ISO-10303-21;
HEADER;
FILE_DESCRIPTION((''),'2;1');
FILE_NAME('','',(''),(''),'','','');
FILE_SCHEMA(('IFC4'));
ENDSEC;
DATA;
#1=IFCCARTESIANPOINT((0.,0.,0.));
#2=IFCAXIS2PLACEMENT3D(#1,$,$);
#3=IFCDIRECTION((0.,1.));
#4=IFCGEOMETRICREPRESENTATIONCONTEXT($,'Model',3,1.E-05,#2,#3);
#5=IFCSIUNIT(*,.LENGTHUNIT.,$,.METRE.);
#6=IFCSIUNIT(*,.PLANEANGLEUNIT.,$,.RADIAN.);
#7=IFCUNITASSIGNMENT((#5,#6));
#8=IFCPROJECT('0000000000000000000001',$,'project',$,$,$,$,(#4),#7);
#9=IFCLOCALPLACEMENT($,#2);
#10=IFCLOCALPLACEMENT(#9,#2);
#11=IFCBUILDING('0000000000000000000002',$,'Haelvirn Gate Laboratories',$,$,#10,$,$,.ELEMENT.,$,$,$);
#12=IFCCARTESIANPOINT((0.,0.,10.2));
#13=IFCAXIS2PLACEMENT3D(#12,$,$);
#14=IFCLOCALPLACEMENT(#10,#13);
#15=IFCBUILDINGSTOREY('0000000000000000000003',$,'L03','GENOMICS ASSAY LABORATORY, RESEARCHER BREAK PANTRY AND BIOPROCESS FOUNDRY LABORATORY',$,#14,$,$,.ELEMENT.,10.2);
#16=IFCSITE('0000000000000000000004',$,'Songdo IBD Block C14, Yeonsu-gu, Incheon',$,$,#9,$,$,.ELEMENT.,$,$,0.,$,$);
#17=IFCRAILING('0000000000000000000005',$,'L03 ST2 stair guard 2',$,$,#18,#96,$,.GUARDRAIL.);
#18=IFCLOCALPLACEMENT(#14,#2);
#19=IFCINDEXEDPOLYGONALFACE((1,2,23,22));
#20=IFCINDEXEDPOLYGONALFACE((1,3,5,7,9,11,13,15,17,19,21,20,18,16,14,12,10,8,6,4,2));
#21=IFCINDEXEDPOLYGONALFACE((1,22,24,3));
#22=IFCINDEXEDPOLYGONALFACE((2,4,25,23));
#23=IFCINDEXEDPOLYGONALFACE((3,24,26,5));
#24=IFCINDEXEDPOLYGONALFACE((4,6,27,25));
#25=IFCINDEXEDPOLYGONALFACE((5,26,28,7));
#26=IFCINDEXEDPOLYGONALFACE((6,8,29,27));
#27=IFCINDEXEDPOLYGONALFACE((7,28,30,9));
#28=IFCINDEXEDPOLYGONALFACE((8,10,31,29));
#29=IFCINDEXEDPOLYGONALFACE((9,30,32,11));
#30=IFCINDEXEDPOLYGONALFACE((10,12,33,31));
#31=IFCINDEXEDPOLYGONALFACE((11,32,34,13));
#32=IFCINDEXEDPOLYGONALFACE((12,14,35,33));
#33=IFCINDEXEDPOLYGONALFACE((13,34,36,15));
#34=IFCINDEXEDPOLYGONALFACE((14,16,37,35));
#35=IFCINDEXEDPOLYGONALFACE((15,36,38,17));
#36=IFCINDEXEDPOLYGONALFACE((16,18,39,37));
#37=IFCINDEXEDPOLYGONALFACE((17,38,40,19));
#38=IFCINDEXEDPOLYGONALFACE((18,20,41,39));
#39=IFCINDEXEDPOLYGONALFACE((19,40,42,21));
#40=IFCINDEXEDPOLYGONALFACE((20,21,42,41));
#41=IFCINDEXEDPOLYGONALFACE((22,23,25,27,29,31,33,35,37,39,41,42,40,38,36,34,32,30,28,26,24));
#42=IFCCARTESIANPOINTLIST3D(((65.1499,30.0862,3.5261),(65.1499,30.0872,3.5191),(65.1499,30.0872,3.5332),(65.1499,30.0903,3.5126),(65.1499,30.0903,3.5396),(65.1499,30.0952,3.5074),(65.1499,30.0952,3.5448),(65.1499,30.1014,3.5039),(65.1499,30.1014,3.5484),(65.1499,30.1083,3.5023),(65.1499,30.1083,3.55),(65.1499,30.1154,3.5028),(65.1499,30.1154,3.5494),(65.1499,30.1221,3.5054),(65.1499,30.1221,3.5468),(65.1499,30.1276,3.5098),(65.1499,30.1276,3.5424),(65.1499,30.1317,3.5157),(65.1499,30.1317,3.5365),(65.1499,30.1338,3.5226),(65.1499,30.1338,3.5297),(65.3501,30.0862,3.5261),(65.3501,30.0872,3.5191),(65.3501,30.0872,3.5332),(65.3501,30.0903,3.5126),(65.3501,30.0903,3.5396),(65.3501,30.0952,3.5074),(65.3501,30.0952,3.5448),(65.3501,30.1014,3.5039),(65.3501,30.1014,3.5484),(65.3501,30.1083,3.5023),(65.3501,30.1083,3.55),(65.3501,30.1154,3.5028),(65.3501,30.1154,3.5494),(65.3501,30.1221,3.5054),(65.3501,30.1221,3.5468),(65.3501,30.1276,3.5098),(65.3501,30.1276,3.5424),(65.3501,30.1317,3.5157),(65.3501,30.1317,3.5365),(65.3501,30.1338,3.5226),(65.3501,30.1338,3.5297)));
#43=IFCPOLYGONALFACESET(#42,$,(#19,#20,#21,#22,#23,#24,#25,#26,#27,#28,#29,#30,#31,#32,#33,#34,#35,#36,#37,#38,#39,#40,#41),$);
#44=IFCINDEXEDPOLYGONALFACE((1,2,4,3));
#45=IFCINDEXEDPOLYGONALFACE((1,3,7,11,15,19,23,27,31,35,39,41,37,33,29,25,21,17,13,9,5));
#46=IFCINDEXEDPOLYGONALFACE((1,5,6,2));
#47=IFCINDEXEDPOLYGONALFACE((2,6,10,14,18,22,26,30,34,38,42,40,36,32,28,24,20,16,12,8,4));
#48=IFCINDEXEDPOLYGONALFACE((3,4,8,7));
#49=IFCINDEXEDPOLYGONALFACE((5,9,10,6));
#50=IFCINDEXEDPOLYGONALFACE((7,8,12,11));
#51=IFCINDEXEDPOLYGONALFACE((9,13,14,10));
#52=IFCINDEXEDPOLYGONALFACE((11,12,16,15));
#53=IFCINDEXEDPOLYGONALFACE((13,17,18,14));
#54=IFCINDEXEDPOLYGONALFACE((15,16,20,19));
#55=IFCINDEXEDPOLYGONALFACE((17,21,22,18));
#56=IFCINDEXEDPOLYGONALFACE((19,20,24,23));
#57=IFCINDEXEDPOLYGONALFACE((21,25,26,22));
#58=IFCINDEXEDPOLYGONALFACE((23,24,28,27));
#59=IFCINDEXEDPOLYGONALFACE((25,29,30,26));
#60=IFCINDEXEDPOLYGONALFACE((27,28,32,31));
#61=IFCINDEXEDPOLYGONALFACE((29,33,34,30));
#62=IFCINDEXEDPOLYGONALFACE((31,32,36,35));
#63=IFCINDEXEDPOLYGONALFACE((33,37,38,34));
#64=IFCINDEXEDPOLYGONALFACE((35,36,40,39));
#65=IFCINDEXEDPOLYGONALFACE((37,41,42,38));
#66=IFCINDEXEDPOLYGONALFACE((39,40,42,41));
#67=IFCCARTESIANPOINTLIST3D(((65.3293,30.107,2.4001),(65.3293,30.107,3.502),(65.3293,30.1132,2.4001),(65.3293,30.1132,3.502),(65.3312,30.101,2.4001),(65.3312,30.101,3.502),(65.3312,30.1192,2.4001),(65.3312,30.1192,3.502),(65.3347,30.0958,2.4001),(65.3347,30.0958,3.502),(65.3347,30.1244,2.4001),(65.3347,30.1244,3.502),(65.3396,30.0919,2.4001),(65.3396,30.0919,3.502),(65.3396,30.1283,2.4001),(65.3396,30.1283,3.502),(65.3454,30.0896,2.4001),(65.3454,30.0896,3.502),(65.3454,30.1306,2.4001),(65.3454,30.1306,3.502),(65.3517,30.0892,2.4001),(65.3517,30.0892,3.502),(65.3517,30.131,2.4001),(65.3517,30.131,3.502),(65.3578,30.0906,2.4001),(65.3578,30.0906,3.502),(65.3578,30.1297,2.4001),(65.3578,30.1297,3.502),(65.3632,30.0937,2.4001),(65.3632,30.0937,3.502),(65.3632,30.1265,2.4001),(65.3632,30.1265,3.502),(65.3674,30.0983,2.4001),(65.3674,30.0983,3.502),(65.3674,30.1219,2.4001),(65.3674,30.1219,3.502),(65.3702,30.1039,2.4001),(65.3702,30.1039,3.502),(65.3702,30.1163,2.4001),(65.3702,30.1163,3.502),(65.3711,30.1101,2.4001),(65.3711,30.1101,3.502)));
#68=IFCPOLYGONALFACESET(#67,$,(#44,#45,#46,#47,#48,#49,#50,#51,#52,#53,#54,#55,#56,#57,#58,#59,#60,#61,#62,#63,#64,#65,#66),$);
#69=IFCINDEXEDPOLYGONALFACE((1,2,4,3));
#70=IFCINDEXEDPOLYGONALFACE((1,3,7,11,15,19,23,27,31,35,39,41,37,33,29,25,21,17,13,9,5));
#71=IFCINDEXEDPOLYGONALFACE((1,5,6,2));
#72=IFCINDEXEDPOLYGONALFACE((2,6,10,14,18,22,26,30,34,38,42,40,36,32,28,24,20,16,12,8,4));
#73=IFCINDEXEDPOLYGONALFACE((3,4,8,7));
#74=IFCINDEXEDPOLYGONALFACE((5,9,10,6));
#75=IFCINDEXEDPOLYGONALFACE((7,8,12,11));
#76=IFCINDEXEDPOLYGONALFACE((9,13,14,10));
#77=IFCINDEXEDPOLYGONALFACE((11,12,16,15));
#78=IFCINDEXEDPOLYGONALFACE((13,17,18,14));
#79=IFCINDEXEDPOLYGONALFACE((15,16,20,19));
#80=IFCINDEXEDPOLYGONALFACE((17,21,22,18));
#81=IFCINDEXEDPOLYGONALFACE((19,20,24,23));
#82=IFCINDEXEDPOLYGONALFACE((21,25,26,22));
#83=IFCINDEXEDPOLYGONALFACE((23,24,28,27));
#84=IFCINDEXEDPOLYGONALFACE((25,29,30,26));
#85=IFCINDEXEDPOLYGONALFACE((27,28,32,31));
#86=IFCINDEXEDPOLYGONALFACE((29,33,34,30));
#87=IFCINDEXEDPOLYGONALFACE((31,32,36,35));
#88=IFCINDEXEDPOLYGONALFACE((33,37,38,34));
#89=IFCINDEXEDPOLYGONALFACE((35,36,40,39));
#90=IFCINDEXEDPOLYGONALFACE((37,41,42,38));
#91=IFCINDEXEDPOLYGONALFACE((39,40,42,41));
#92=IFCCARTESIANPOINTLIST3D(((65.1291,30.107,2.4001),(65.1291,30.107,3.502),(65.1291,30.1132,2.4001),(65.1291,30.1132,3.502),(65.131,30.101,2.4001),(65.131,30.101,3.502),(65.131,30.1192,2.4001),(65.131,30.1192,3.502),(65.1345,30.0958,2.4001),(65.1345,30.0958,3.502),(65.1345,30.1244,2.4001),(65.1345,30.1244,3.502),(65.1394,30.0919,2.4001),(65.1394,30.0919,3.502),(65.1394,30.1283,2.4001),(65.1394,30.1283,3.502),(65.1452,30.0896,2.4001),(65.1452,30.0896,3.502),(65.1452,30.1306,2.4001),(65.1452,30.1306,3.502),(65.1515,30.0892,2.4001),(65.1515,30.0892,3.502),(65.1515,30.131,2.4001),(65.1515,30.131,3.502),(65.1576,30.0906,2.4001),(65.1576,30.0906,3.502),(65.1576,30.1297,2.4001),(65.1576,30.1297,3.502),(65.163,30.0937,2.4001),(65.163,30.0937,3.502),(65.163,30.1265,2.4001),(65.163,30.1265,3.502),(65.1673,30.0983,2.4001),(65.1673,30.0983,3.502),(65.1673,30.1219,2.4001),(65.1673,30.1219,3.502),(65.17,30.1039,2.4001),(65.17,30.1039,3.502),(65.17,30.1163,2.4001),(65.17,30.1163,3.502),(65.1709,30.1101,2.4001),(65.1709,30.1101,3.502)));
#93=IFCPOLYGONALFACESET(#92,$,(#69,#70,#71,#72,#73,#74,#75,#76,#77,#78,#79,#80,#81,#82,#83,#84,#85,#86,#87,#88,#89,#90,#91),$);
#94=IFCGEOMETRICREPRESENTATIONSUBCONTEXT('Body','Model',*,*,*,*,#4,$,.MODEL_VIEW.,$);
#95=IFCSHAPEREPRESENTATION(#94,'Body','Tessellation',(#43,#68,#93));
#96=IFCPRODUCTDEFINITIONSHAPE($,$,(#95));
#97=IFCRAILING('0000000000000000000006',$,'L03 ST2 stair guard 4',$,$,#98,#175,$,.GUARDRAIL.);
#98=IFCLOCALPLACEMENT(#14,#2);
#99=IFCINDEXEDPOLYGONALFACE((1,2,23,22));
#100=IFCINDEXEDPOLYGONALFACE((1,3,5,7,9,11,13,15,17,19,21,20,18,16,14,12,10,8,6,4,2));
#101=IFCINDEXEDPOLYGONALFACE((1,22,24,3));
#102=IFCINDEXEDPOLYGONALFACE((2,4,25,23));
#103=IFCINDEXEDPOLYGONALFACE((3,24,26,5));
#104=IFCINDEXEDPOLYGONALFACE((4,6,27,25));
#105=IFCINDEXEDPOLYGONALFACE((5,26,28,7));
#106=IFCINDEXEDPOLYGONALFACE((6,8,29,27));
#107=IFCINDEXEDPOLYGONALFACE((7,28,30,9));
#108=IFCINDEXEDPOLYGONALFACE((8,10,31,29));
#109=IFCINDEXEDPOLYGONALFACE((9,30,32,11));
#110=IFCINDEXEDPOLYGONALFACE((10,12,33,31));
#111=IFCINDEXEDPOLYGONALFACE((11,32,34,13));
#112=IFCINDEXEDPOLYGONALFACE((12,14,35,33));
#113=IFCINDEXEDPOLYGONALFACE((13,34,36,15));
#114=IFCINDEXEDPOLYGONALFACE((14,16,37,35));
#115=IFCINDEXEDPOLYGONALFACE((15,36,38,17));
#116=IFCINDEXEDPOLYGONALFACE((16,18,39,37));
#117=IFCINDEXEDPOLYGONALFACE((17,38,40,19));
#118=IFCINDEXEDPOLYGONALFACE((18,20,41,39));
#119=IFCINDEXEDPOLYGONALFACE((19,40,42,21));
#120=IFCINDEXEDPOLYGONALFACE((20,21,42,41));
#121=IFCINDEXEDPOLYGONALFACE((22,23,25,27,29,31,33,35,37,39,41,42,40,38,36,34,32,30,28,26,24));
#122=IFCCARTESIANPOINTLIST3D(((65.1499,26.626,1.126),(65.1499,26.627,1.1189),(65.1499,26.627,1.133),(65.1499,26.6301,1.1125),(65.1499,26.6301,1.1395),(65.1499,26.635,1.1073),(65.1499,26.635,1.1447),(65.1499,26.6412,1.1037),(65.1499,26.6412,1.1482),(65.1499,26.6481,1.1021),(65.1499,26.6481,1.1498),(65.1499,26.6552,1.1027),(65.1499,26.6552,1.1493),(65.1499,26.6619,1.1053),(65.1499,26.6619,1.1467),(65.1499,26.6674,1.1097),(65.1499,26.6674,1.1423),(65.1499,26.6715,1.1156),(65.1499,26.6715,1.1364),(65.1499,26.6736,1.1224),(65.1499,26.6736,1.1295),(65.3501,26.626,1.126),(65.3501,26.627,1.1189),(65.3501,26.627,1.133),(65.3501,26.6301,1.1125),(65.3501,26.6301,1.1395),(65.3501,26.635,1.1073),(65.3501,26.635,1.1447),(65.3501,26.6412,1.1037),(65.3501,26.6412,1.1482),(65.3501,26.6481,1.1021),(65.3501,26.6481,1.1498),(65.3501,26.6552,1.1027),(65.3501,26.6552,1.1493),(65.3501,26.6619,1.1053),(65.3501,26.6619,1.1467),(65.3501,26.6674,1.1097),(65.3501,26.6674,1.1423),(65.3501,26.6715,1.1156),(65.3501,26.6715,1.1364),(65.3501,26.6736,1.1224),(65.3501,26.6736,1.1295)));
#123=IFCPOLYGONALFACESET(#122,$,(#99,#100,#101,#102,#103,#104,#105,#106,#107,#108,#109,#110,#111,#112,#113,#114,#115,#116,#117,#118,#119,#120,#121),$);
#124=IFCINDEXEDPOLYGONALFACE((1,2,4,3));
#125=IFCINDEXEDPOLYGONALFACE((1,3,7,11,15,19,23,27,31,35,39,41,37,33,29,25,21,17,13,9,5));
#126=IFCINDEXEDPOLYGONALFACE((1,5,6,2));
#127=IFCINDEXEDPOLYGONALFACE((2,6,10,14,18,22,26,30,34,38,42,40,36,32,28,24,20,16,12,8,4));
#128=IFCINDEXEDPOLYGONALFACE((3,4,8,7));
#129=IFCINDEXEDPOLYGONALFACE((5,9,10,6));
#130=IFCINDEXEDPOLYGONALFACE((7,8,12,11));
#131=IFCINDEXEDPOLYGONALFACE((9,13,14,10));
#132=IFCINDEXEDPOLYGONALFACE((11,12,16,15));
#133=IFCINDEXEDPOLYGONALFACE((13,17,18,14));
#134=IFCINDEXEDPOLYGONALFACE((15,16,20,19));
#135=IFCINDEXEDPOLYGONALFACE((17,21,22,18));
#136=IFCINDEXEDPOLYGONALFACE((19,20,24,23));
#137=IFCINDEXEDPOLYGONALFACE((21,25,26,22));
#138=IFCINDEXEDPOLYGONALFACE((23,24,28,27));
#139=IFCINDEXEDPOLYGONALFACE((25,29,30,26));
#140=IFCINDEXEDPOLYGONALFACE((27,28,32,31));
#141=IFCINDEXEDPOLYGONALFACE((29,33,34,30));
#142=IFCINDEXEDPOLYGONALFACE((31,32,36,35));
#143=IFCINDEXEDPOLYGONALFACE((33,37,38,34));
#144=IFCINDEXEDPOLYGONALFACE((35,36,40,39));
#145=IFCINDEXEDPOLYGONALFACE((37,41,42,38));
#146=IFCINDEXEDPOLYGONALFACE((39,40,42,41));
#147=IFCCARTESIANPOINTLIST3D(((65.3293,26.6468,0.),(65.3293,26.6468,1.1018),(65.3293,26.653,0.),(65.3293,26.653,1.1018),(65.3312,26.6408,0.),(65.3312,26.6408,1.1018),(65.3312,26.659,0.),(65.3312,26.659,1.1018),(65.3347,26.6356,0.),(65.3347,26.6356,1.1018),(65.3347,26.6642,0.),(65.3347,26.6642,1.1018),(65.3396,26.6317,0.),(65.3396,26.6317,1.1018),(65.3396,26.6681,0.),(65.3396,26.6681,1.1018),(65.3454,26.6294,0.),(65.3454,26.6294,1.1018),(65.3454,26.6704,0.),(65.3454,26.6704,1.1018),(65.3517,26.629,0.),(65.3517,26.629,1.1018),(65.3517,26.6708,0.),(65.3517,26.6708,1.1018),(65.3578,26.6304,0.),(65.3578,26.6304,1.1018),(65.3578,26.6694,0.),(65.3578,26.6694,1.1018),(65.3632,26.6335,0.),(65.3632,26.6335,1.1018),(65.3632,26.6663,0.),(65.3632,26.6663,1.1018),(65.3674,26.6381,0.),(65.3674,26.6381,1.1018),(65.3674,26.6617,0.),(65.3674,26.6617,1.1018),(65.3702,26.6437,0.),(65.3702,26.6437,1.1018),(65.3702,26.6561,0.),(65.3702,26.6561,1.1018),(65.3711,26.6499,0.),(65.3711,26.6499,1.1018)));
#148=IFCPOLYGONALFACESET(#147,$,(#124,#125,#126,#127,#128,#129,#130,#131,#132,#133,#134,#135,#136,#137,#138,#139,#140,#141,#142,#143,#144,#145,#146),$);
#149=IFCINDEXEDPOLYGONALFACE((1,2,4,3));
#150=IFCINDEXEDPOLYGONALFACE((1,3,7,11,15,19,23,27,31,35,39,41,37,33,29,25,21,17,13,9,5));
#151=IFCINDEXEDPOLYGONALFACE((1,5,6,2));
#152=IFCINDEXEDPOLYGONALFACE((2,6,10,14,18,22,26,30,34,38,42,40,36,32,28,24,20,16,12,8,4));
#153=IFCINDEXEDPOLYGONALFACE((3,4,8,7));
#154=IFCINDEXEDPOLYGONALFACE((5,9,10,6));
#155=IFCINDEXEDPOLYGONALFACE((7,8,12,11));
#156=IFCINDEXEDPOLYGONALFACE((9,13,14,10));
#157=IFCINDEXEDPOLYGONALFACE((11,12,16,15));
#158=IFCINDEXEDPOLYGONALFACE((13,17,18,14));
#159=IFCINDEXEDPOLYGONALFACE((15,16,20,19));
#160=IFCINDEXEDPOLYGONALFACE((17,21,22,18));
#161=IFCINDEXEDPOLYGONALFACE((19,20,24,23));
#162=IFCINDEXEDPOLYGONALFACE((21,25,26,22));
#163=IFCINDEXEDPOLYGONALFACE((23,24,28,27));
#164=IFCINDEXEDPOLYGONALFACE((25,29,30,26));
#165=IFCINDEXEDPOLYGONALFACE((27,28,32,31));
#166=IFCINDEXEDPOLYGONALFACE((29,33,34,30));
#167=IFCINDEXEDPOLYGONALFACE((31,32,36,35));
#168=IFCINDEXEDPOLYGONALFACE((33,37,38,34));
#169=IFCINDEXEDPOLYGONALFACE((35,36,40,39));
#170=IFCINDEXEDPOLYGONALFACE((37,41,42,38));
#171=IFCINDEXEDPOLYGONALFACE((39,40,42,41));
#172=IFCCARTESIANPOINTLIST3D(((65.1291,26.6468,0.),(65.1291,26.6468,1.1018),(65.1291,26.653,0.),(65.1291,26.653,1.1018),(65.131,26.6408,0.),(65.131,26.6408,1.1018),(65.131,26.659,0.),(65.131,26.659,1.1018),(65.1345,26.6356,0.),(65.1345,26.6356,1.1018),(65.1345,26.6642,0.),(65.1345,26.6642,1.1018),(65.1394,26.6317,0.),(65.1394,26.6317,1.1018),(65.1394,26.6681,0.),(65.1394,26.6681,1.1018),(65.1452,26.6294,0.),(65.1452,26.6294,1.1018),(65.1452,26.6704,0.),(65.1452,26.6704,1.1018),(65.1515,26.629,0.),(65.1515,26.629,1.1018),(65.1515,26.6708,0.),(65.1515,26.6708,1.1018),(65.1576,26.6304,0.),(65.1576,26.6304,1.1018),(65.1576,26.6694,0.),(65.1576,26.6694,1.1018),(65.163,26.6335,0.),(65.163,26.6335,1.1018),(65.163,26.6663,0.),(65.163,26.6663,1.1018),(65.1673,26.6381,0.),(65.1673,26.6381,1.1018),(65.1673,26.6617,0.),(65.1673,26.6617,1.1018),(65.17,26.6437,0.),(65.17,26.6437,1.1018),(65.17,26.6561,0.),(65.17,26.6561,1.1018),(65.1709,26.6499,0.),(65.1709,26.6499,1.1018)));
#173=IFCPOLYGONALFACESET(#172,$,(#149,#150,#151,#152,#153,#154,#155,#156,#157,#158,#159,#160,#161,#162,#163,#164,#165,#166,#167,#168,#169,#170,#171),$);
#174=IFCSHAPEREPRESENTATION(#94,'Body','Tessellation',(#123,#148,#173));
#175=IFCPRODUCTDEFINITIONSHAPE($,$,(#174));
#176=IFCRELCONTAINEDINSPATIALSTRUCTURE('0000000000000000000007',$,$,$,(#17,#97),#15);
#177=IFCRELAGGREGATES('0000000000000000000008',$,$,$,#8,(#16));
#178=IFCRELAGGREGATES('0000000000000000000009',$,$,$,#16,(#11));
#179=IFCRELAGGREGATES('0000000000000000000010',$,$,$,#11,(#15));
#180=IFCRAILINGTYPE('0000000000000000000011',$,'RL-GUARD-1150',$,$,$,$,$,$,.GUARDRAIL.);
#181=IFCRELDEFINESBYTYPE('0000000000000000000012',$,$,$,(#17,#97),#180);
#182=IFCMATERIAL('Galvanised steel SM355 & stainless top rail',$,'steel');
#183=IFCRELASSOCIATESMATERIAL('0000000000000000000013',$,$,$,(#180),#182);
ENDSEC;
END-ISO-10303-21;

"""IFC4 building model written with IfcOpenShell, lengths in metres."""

from ifc_helpers import new_model, si_unit, direction, frame, origin, origin_2d, place, context, subcontext, project, spatial, circle, extrude, source, transform, mapped, material, type_object, element, save


model = new_model("IFC4")

# Units and contexts
model_context = context("Model", 3, precision=1e-05, world=origin(), true_north=direction((0.0, 1.0)))
body_context = subcontext(model_context, "Body", "Model", "MODEL_VIEW")
ifc_project = project(units=[si_unit("LENGTHUNIT", "METRE"), si_unit("PLANEANGLEUNIT", "RADIAN")], contexts=[model_context])

# Site, building, storey
site_placement = place(None, origin())
site = spatial("IfcSite", under=ifc_project, at=site_placement, Name="Songdo IBD Block C14, Yeonsu-gu, Incheon", CompositionType="ELEMENT", RefElevation=0.0)
building_placement = place(site_placement, origin())
building = spatial("IfcBuilding", under=site, at=building_placement, Name="Haelvirn Gate Laboratories", CompositionType="ELEMENT")
storey_placement = place(building_placement, frame((0.0, 0.0, 10.2)))
storey = spatial("IfcBuildingStorey", under=building, at=storey_placement, Name="L03", Description="GENOMICS ASSAY LABORATORY, RESEARCHER BREAK PANTRY AND BIOPROCESS FOUNDRY LABORATORY", CompositionType="ELEMENT", Elevation=10.2)

# Railings
ifc_material_1 = material(Name="Galvanised steel SM355 & stainless top rail", Category="steel")
railing_type_1 = type_object("IfcRailingType", Name="RL-GUARD-1150", PredefinedType="GUARDRAIL", material=ifc_material_1)
shared_shape_1 = source(origin(), body_context, "Body", "SweptSolid", [
    extrude(circle(Radius=0.0239, at=origin_2d()), frame((0.0, 0.0, 1.126), z_axis=(-1.0, 0.0, 0.0), x_axis=(0.0, -1.0, 0.0)), (0.0, 0.0, 1.0), 0.2002),
    extrude(circle(Radius=0.021, at=origin_2d()), origin(), (0.0, 0.0, 1.0), 1.1018),
    extrude(circle(Radius=0.021, at=origin_2d()), frame((-0.2002, 0.0, 0.0)), (0.0, 0.0, 1.0), 1.1018),
])
for number, where, name in (
    (1, (65.3501, 30.1101, 2.4001), "L03 ST2 stair guard 2"),
    (2, (65.3501, 26.6499, 0.0), "L03 ST2 stair guard 4"),
):
    element("IfcRailing", number, at=place(storey_placement, frame(where)), inside=storey, type_object=railing_type_1, Name=name, PredefinedType="GUARDRAIL", context=body_context, shape_type="MappedRepresentation", body=[
        mapped(shared_shape_1, transform((0.0, 0.0, 0.0), scale=1.0)),
    ])

save(model, "model.ifc")
